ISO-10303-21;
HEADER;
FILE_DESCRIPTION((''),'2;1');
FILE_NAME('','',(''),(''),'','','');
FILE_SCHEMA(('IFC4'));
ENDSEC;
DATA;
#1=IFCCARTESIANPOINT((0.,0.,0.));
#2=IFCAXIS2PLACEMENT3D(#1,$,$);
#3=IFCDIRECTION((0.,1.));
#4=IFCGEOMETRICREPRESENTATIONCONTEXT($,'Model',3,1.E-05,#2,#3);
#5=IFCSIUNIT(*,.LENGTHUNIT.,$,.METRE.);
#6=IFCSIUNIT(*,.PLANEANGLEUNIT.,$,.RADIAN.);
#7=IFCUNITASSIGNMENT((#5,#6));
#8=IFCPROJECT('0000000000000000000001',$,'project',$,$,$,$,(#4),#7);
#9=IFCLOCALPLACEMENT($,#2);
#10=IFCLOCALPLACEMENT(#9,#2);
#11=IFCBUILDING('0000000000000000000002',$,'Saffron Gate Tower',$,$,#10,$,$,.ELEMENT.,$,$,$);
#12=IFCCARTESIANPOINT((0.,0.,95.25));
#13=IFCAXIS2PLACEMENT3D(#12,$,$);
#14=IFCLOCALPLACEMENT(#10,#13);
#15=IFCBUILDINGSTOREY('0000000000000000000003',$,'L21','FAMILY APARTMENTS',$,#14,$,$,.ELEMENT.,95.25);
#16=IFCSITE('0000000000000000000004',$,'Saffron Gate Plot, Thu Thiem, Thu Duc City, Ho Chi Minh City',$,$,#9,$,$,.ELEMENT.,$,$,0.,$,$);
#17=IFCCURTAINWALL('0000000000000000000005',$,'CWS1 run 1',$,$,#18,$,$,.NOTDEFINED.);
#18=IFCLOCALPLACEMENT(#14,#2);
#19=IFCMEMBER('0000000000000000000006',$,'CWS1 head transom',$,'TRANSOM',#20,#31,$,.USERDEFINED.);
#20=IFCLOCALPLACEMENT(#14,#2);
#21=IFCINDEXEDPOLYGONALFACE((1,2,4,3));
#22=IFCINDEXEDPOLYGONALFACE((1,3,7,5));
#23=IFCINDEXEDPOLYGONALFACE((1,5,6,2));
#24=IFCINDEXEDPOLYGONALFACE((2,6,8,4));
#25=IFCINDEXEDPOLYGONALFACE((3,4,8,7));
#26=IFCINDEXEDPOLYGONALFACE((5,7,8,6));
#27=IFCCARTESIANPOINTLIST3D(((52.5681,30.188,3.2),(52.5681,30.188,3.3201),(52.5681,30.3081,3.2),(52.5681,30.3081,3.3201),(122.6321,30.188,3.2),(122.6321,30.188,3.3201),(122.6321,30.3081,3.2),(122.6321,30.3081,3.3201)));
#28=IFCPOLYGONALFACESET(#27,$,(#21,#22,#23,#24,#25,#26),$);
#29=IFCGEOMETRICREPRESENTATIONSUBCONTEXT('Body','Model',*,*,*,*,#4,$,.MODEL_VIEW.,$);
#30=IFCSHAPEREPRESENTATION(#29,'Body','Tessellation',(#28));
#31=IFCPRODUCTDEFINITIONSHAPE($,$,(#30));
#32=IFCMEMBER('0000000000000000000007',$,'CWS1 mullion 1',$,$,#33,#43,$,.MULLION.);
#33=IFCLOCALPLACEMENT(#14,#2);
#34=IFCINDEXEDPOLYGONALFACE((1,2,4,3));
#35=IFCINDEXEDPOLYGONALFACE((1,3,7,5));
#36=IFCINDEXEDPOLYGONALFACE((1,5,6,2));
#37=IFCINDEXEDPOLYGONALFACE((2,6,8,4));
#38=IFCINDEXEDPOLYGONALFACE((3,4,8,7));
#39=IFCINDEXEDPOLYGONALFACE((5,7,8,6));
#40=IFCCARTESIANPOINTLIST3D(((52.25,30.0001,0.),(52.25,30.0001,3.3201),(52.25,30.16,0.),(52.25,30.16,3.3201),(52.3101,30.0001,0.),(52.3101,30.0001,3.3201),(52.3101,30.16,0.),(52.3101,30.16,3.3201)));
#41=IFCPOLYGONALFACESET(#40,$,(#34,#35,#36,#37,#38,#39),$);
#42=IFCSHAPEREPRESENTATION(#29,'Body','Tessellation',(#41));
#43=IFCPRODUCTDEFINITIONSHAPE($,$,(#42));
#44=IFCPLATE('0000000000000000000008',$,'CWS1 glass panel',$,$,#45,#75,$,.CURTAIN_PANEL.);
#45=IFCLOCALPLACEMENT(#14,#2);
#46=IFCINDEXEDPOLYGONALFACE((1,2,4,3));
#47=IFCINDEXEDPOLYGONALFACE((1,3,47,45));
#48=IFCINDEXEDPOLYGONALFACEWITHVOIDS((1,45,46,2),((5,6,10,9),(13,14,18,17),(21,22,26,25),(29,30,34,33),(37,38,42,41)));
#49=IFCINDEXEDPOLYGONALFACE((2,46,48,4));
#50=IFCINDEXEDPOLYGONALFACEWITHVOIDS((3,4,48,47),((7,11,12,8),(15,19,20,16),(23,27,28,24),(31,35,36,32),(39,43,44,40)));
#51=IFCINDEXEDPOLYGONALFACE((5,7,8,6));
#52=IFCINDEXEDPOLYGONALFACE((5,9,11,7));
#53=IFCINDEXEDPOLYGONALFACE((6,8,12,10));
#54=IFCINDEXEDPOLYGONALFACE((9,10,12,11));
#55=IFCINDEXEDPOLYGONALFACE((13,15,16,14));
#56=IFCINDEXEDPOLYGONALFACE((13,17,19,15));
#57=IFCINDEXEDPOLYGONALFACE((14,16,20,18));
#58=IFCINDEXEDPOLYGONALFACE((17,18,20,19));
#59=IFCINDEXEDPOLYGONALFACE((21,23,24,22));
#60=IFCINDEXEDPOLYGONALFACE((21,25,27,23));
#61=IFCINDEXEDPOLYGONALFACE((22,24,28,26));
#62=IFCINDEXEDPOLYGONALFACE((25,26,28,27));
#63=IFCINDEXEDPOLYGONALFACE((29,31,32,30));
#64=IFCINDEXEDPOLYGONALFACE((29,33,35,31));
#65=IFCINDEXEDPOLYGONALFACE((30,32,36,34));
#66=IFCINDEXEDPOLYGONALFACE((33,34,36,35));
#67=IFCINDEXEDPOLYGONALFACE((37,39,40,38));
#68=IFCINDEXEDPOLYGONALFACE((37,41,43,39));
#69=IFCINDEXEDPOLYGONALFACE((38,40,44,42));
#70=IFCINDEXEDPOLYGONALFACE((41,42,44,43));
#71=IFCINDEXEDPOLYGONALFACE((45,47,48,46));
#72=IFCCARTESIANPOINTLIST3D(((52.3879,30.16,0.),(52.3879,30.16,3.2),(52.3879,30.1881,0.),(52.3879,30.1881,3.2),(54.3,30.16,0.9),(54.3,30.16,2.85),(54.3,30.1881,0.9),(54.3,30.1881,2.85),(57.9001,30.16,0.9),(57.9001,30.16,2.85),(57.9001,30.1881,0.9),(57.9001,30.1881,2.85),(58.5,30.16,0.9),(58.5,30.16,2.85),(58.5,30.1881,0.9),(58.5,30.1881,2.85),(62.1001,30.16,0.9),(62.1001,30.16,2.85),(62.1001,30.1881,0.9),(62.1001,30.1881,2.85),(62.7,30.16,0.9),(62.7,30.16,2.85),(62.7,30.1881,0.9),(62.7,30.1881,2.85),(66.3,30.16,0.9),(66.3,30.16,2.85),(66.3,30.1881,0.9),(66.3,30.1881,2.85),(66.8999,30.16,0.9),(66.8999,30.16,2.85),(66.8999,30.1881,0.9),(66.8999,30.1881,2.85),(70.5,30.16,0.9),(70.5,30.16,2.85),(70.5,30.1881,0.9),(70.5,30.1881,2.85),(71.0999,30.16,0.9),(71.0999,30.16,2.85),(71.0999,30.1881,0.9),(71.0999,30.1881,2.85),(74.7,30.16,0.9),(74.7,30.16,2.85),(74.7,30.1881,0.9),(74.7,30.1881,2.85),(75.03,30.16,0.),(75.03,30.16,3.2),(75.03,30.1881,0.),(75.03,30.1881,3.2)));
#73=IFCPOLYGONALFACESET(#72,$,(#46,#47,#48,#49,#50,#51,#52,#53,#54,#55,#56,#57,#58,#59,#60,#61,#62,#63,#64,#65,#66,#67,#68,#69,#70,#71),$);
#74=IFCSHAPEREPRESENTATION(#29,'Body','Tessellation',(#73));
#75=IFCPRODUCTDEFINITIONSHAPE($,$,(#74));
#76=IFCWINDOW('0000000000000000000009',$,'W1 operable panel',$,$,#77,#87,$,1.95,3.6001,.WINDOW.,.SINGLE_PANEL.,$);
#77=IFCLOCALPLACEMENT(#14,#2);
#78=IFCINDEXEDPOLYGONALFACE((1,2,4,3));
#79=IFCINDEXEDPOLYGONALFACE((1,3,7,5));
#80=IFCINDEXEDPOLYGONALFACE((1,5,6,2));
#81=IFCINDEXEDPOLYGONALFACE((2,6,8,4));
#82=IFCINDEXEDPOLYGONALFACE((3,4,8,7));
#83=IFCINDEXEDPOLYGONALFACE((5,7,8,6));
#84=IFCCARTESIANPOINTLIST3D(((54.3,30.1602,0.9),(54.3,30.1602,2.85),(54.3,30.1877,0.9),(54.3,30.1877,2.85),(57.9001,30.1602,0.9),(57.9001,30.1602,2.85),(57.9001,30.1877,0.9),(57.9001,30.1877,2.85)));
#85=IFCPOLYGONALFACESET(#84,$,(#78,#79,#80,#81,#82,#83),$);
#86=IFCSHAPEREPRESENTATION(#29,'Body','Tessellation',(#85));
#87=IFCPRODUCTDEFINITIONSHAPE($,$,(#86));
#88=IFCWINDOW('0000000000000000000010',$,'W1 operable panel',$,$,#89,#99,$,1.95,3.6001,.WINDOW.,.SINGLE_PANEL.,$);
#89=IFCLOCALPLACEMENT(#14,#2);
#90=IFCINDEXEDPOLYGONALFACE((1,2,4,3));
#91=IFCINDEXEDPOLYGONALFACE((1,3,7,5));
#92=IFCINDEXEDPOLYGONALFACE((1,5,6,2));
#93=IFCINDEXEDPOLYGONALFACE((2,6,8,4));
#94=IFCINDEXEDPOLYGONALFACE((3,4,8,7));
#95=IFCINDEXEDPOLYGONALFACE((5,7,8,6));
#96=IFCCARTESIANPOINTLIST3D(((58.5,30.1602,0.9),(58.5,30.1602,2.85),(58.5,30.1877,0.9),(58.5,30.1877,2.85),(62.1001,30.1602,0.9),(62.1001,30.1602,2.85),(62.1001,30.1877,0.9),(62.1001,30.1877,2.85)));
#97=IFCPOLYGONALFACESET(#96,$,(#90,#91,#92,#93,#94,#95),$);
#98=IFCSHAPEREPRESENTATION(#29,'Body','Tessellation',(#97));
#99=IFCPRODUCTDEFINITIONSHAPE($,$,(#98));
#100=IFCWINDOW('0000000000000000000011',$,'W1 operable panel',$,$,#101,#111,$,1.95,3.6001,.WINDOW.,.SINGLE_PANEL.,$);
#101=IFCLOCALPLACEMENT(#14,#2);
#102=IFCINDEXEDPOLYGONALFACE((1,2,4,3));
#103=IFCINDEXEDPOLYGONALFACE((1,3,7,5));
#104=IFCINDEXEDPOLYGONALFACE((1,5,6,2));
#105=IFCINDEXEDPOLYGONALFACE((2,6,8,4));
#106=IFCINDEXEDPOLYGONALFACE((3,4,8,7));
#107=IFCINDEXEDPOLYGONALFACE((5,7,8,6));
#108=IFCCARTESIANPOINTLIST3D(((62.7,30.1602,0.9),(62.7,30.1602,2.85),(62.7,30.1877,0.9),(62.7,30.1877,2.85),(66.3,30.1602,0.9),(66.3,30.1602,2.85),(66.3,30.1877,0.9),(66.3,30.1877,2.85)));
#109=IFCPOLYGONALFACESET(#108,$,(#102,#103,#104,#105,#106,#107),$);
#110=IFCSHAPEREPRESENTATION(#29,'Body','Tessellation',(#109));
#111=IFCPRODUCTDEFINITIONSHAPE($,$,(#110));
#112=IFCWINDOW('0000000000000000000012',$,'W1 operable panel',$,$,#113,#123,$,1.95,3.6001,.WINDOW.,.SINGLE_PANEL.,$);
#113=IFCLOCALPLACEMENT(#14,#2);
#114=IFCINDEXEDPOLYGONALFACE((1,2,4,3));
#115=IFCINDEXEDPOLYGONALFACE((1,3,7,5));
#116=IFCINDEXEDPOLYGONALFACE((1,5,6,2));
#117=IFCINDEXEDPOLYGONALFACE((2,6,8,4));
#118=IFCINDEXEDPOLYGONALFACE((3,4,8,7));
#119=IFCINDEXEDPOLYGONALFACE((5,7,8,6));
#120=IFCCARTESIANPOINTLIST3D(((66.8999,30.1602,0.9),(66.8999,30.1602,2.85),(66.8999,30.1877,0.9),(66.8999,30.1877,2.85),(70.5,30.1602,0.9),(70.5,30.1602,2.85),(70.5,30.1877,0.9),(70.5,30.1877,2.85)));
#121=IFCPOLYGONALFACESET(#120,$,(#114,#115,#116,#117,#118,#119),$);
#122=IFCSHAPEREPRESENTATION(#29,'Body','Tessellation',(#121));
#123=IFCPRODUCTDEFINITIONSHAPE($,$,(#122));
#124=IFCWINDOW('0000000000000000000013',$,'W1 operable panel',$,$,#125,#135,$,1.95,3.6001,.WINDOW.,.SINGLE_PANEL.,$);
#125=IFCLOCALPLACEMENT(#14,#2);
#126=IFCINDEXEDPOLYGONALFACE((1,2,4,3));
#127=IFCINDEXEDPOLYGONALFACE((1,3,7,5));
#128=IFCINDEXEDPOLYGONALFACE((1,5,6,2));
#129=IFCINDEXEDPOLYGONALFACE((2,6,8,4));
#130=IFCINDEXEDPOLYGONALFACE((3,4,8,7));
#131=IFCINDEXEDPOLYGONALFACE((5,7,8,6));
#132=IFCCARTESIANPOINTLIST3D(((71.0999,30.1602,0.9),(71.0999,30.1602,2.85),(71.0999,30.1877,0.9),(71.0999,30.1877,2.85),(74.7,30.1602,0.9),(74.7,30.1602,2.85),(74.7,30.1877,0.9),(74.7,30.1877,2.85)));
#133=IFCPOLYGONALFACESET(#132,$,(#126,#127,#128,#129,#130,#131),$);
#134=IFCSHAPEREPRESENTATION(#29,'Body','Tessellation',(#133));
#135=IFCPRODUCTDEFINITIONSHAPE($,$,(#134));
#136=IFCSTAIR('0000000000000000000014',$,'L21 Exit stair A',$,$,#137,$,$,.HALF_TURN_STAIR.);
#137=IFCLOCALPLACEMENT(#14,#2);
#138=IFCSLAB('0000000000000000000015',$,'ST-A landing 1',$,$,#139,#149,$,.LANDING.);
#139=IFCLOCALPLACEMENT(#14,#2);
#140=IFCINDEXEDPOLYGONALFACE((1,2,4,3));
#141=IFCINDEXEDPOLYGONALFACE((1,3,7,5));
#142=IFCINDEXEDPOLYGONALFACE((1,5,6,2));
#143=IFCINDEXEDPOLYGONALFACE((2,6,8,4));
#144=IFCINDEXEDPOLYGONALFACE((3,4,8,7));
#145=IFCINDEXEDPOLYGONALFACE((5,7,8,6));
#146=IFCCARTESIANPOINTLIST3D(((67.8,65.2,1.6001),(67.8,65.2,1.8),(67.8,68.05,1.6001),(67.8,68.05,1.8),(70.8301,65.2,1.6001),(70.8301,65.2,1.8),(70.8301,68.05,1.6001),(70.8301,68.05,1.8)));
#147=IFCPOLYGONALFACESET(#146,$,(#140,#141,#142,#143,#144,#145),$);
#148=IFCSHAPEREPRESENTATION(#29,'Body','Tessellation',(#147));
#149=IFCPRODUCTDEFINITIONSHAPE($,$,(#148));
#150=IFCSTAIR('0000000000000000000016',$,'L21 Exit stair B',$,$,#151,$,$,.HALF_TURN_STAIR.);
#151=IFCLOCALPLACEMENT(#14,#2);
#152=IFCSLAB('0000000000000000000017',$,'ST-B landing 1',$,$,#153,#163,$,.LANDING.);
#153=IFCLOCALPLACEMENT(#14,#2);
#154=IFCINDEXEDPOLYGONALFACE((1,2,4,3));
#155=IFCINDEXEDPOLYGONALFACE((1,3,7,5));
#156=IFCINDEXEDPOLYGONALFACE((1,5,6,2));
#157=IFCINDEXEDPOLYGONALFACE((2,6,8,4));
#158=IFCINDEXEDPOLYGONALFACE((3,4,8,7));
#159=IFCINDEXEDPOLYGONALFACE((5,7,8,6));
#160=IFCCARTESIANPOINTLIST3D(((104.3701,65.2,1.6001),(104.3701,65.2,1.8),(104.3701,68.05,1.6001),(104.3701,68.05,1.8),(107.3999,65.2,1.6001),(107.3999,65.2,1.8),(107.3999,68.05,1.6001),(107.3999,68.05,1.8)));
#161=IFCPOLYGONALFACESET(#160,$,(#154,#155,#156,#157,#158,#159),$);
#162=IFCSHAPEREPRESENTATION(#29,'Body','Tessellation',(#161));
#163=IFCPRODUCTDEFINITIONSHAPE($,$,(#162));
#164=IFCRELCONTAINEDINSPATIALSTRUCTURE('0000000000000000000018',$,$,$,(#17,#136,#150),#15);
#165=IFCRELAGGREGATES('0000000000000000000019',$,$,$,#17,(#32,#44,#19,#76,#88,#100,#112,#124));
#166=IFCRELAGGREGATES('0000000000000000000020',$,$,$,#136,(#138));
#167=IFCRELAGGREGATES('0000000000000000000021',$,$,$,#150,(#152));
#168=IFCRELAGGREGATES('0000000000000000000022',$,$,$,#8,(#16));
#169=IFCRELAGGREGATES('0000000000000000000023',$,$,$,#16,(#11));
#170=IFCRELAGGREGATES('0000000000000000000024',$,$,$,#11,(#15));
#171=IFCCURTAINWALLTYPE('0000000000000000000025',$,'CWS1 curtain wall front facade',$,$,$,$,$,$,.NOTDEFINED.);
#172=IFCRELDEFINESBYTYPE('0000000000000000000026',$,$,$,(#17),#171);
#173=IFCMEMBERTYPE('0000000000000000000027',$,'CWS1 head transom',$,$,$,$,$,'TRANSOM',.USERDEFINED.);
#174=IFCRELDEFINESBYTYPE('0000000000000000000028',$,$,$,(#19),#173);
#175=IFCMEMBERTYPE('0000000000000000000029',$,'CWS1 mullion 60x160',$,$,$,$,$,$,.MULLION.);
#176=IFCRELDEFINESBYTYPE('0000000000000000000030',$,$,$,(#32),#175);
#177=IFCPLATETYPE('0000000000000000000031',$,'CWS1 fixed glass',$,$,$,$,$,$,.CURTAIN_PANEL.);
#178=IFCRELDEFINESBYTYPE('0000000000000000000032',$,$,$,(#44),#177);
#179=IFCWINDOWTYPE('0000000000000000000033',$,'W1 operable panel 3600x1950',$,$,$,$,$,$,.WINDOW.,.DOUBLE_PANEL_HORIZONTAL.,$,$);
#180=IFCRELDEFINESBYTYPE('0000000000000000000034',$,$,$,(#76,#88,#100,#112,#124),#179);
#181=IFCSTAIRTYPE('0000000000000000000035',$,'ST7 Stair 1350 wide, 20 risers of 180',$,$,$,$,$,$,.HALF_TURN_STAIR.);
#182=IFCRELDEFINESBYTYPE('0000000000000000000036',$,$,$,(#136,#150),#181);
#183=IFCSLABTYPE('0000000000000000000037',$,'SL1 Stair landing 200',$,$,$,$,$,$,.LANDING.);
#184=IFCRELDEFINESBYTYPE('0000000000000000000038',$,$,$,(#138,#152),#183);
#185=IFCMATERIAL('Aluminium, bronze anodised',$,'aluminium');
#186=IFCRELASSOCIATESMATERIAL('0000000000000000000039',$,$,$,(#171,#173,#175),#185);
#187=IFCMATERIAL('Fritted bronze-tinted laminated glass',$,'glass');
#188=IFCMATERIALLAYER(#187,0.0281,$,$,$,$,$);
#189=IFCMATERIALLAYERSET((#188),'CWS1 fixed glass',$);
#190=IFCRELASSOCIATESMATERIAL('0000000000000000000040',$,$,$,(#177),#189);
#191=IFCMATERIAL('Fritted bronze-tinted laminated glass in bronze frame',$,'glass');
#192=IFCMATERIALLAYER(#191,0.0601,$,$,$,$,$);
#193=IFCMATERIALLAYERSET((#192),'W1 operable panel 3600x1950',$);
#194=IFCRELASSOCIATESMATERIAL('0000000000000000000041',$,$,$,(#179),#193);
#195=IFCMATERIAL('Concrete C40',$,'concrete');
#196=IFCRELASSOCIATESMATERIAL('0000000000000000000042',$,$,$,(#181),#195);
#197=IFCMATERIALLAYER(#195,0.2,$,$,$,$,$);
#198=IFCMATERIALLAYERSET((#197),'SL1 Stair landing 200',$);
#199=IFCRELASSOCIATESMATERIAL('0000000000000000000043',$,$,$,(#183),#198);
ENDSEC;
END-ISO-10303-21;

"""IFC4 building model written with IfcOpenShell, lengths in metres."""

from ifc_helpers import new_model, si_unit, direction, frame, frame_2d, origin, origin_2d, place, context, subcontext, project, spatial, polyline, rectangle, outline, extrude, material, layer, layer_set, material_profile, profile_set, type_object, element, fill, aggregate, save


model = new_model("IFC4")

# Units and contexts
model_context = context("Model", 3, precision=1e-05, world=origin(), true_north=direction((0.0, 1.0)))
body_context = subcontext(model_context, "Body", "Model", "MODEL_VIEW")
ifc_project = project(units=[si_unit("LENGTHUNIT", "METRE"), si_unit("PLANEANGLEUNIT", "RADIAN")], contexts=[model_context])

# Site, building, storey
site_placement = place(None, origin())
site = spatial("IfcSite", under=ifc_project, at=site_placement, Name="Saffron Gate Plot, Thu Thiem, Thu Duc City, Ho Chi Minh City", CompositionType="ELEMENT", RefElevation=0.0)
building_placement = place(site_placement, origin())
building = spatial("IfcBuilding", under=site, at=building_placement, Name="Saffron Gate Tower", CompositionType="ELEMENT")
storey_placement = place(building_placement, frame((0.0, 0.0, 95.25)))
storey = spatial("IfcBuildingStorey", under=building, at=storey_placement, Name="L21", Description="FAMILY APARTMENTS", CompositionType="ELEMENT", Elevation=95.25)

# Curtain wall, members, plate, openings, windows
ifc_material_1 = material(Name="Aluminium, bronze anodised", Category="aluminium")
curtain_wall_type = type_object("IfcCurtainWallType", Name="CWS1 curtain wall front facade", PredefinedType="NOTDEFINED", material=ifc_material_1)
curtain_wall_placement = place(storey_placement, origin())
curtain_wall = element("IfcCurtainWall", 1, at=curtain_wall_placement, inside=storey, type_object=curtain_wall_type, Name="CWS1 run 1", PredefinedType="NOTDEFINED")
ifc_material_profile_1 = material_profile(ifc_material_1, rectangle(XDim=0.1201, YDim=0.1201, at=origin_2d()))
ifc_profile_set_1 = profile_set([ifc_material_profile_1], Name="Aluminium, bronze anodised")
member_type_1 = type_object("IfcMemberType", Name="CWS1 head transom", ElementType="TRANSOM", PredefinedType="USERDEFINED", material=ifc_profile_set_1)
member_1_placement = place(storey_placement, frame((52.5681, 30.248, 3.26), z_axis=(1.0, 0.0, 0.0), x_axis=(0.0, 1.0, 0.0)))
member_1 = element("IfcMember", 2, at=member_1_placement, type_object=member_type_1, Name="CWS1 head transom", ObjectType="TRANSOM", PredefinedType="USERDEFINED", context=body_context, shape_type="SweptSolid", body=[
    extrude(rectangle(XDim=0.1201, YDim=0.1201, at=origin_2d()), origin(), (0.0, 0.0, 1.0), 70.064),
])
ifc_material_profile_2 = material_profile(ifc_material_1, rectangle(XDim=0.1599, YDim=0.0601, at=origin_2d()))
ifc_profile_set_2 = profile_set([ifc_material_profile_2], Name="Aluminium, bronze anodised")
member_type_2 = type_object("IfcMemberType", Name="CWS1 mullion 60x160", PredefinedType="MULLION", material=ifc_profile_set_2)
member_2_placement = place(storey_placement, frame((52.28, 30.0801, 0.0), z_axis=(0.0, 0.0, 1.0), x_axis=(0.0, 1.0, 0.0)))
member_2 = element("IfcMember", 3, at=member_2_placement, type_object=member_type_2, Name="CWS1 mullion 1", PredefinedType="MULLION", context=body_context, shape_type="SweptSolid", body=[
    extrude(rectangle(XDim=0.1599, YDim=0.0601, at=origin_2d()), origin(), (0.0, 0.0, 1.0), 3.3201),
])
ifc_material_2 = material(Name="Fritted bronze-tinted laminated glass", Category="glass")
ifc_layer_1 = layer(ifc_material_2, 0.0281)
ifc_layer_set_1 = layer_set([ifc_layer_1], Name="CWS1 fixed glass")
plate_type_1 = type_object("IfcPlateType", Name="CWS1 fixed glass", PredefinedType="CURTAIN_PANEL", material=ifc_layer_set_1)
plate_1_placement = place(storey_placement, frame((52.3879, 30.1741, 0.0), z_axis=(0.0, 0.0, 1.0), x_axis=(1.0, 0.0, 0.0)))
plate_1 = element("IfcPlate", 4, at=plate_1_placement, type_object=plate_type_1, Name="CWS1 glass panel", PredefinedType="CURTAIN_PANEL", context=body_context, shape_type="SweptSolid", body=[
    extrude(rectangle(XDim=22.6421, YDim=0.0281, at=frame_2d((11.321, 0.0))), origin(), (0.0, 0.0, 1.0), 3.2),
])
opening_1_placement = place(plate_1_placement, frame((1.9121, 0.0, 0.8999)))
opening_1 = element("IfcOpeningElement", 5, at=opening_1_placement, cuts=plate_1, PredefinedType="OPENING", context=body_context, shape_type="SweptSolid", body=[
    extrude(rectangle(XDim=3.6001, YDim=1.95, at=frame_2d((1.8, 0.9751))), frame((0.0, 0.0239, 0.0), z_axis=(0.0, -1.0, 0.0), x_axis=(1.0, 0.0, 0.0)), (0.0, 0.0, 1.0), 0.0481),
])
opening_2_placement = place(plate_1_placement, frame((6.1121, 0.0, 0.8999)))
opening_2 = element("IfcOpeningElement", 6, at=opening_2_placement, cuts=plate_1, PredefinedType="OPENING", context=body_context, shape_type="SweptSolid", body=[
    extrude(rectangle(XDim=3.6001, YDim=1.95, at=frame_2d((1.8, 0.9751))), frame((0.0, 0.0239, 0.0), z_axis=(0.0, -1.0, 0.0), x_axis=(1.0, 0.0, 0.0)), (0.0, 0.0, 1.0), 0.0481),
])
opening_3_placement = place(plate_1_placement, frame((10.312, 0.0, 0.8999)))
opening_3 = element("IfcOpeningElement", 7, at=opening_3_placement, cuts=plate_1, PredefinedType="OPENING", context=body_context, shape_type="SweptSolid", body=[
    extrude(rectangle(XDim=3.6001, YDim=1.95, at=frame_2d((1.8, 0.9751))), frame((0.0, 0.0239, 0.0), z_axis=(0.0, -1.0, 0.0), x_axis=(1.0, 0.0, 0.0)), (0.0, 0.0, 1.0), 0.0481),
])
opening_4_placement = place(plate_1_placement, frame((14.512, 0.0, 0.8999)))
opening_4 = element("IfcOpeningElement", 8, at=opening_4_placement, cuts=plate_1, PredefinedType="OPENING", context=body_context, shape_type="SweptSolid", body=[
    extrude(rectangle(XDim=3.6001, YDim=1.95, at=frame_2d((1.8, 0.9751))), frame((0.0, 0.0239, 0.0), z_axis=(0.0, -1.0, 0.0), x_axis=(1.0, 0.0, 0.0)), (0.0, 0.0, 1.0), 0.0481),
])
opening_5_placement = place(plate_1_placement, frame((18.7119, 0.0, 0.8999)))
opening_5 = element("IfcOpeningElement", 9, at=opening_5_placement, cuts=plate_1, PredefinedType="OPENING", context=body_context, shape_type="SweptSolid", body=[
    extrude(rectangle(XDim=3.6001, YDim=1.95, at=frame_2d((1.8, 0.9751))), frame((0.0, 0.0239, 0.0), z_axis=(0.0, -1.0, 0.0), x_axis=(1.0, 0.0, 0.0)), (0.0, 0.0, 1.0), 0.0481),
])
ifc_material_3 = material(Name="Fritted bronze-tinted laminated glass in bronze frame", Category="glass")
ifc_layer_2 = layer(ifc_material_3, 0.0601)
ifc_layer_set_2 = layer_set([ifc_layer_2], Name="W1 operable panel 3600x1950")
window_type = type_object("IfcWindowType", Name="W1 operable panel 3600x1950", PartitioningType="DOUBLE_PANEL_HORIZONTAL", PredefinedType="WINDOW", material=ifc_layer_set_2)
window_1_placement = place(opening_1_placement, origin())
window_1 = element("IfcWindow", 10, at=window_1_placement, type_object=window_type, Name="W1 operable panel", OverallHeight=1.95, OverallWidth=3.6001, PartitioningType="SINGLE_PANEL", PredefinedType="WINDOW", context=body_context, shape_type="SweptSolid", body=[
    extrude(rectangle(XDim=3.6001, YDim=1.95, at=frame_2d((1.8, 0.9751))), frame((0.0, 0.0137, 0.0), z_axis=(0.0, -1.0, 0.0), x_axis=(1.0, 0.0, 0.0)), (0.0, 0.0, 1.0), 0.0276),
])
fill(opening_1, window_1)
window_2_placement = place(opening_2_placement, origin())
window_2 = element("IfcWindow", 11, at=window_2_placement, type_object=window_type, Name="W1 operable panel", OverallHeight=1.95, OverallWidth=3.6001, PartitioningType="SINGLE_PANEL", PredefinedType="WINDOW", context=body_context, shape_type="SweptSolid", body=[
    extrude(rectangle(XDim=3.6001, YDim=1.95, at=frame_2d((1.8, 0.9751))), frame((0.0, 0.0137, 0.0), z_axis=(0.0, -1.0, 0.0), x_axis=(1.0, 0.0, 0.0)), (0.0, 0.0, 1.0), 0.0276),
])
fill(opening_2, window_2)
window_3_placement = place(opening_3_placement, origin())
window_3 = element("IfcWindow", 12, at=window_3_placement, type_object=window_type, Name="W1 operable panel", OverallHeight=1.95, OverallWidth=3.6001, PartitioningType="SINGLE_PANEL", PredefinedType="WINDOW", context=body_context, shape_type="SweptSolid", body=[
    extrude(rectangle(XDim=3.6001, YDim=1.95, at=frame_2d((1.8, 0.9751))), frame((0.0, 0.0137, 0.0), z_axis=(0.0, -1.0, 0.0), x_axis=(1.0, 0.0, 0.0)), (0.0, 0.0, 1.0), 0.0276),
])
fill(opening_3, window_3)
window_4_placement = place(opening_4_placement, origin())
window_4 = element("IfcWindow", 13, at=window_4_placement, type_object=window_type, Name="W1 operable panel", OverallHeight=1.95, OverallWidth=3.6001, PartitioningType="SINGLE_PANEL", PredefinedType="WINDOW", context=body_context, shape_type="SweptSolid", body=[
    extrude(rectangle(XDim=3.6001, YDim=1.95, at=frame_2d((1.8, 0.9751))), frame((0.0, 0.0137, 0.0), z_axis=(0.0, -1.0, 0.0), x_axis=(1.0, 0.0, 0.0)), (0.0, 0.0, 1.0), 0.0276),
])
fill(opening_4, window_4)
window_5_placement = place(opening_5_placement, origin())
window_5 = element("IfcWindow", 14, at=window_5_placement, type_object=window_type, Name="W1 operable panel", OverallHeight=1.95, OverallWidth=3.6001, PartitioningType="SINGLE_PANEL", PredefinedType="WINDOW", context=body_context, shape_type="SweptSolid", body=[
    extrude(rectangle(XDim=3.6001, YDim=1.95, at=frame_2d((1.8, 0.9751))), frame((0.0, 0.0137, 0.0), z_axis=(0.0, -1.0, 0.0), x_axis=(1.0, 0.0, 0.0)), (0.0, 0.0, 1.0), 0.0276),
])
fill(opening_5, window_5)
aggregate(curtain_wall, [member_2, plate_1, member_1, window_1, window_2, window_3, window_4, window_5])

# Stairs, slabs
ifc_material_4 = material(Name="Concrete C40", Category="concrete")
stair_type = type_object("IfcStairType", Name="ST7 Stair 1350 wide, 20 risers of 180", PredefinedType="HALF_TURN_STAIR", material=ifc_material_4)
stair_1_placement = place(storey_placement, origin())
stair_1 = element("IfcStair", 15, at=stair_1_placement, inside=storey, type_object=stair_type, Name="L21 Exit stair A", PredefinedType="HALF_TURN_STAIR")
ifc_layer_3 = layer(ifc_material_4, 0.2)
ifc_layer_set_3 = layer_set([ifc_layer_3], Name="SL1 Stair landing 200")
slab_type_1 = type_object("IfcSlabType", Name="SL1 Stair landing 200", PredefinedType="LANDING", material=ifc_layer_set_3)
slab_1_placement = place(storey_placement, frame((0.0, 0.0, 1.6001)))
slab_1 = element("IfcSlab", 16, at=slab_1_placement, type_object=slab_type_1, Name="ST-A landing 1", PredefinedType="LANDING", context=body_context, shape_type="SweptSolid", body=[
    extrude(outline(polyline([(70.8301, 68.05), (67.8, 68.05), (67.8, 65.2), (70.8301, 65.2), (70.8301, 68.05)])), origin(), (0.0, 0.0, 1.0), 0.2),
])
aggregate(stair_1, [slab_1])
stair_2_placement = place(storey_placement, origin())
stair_2 = element("IfcStair", 17, at=stair_2_placement, inside=storey, type_object=stair_type, Name="L21 Exit stair B", PredefinedType="HALF_TURN_STAIR")
slab_2_placement = place(storey_placement, frame((0.0, 0.0, 1.6001)))
slab_2 = element("IfcSlab", 18, at=slab_2_placement, type_object=slab_type_1, Name="ST-B landing 1", PredefinedType="LANDING", context=body_context, shape_type="SweptSolid", body=[
    extrude(outline(polyline([(104.3701, 65.2), (107.3999, 65.2), (107.3999, 68.05), (104.3701, 68.05), (104.3701, 65.2)])), origin(), (0.0, 0.0, 1.0), 0.2),
])
aggregate(stair_2, [slab_2])

save(model, "model.ifc")
